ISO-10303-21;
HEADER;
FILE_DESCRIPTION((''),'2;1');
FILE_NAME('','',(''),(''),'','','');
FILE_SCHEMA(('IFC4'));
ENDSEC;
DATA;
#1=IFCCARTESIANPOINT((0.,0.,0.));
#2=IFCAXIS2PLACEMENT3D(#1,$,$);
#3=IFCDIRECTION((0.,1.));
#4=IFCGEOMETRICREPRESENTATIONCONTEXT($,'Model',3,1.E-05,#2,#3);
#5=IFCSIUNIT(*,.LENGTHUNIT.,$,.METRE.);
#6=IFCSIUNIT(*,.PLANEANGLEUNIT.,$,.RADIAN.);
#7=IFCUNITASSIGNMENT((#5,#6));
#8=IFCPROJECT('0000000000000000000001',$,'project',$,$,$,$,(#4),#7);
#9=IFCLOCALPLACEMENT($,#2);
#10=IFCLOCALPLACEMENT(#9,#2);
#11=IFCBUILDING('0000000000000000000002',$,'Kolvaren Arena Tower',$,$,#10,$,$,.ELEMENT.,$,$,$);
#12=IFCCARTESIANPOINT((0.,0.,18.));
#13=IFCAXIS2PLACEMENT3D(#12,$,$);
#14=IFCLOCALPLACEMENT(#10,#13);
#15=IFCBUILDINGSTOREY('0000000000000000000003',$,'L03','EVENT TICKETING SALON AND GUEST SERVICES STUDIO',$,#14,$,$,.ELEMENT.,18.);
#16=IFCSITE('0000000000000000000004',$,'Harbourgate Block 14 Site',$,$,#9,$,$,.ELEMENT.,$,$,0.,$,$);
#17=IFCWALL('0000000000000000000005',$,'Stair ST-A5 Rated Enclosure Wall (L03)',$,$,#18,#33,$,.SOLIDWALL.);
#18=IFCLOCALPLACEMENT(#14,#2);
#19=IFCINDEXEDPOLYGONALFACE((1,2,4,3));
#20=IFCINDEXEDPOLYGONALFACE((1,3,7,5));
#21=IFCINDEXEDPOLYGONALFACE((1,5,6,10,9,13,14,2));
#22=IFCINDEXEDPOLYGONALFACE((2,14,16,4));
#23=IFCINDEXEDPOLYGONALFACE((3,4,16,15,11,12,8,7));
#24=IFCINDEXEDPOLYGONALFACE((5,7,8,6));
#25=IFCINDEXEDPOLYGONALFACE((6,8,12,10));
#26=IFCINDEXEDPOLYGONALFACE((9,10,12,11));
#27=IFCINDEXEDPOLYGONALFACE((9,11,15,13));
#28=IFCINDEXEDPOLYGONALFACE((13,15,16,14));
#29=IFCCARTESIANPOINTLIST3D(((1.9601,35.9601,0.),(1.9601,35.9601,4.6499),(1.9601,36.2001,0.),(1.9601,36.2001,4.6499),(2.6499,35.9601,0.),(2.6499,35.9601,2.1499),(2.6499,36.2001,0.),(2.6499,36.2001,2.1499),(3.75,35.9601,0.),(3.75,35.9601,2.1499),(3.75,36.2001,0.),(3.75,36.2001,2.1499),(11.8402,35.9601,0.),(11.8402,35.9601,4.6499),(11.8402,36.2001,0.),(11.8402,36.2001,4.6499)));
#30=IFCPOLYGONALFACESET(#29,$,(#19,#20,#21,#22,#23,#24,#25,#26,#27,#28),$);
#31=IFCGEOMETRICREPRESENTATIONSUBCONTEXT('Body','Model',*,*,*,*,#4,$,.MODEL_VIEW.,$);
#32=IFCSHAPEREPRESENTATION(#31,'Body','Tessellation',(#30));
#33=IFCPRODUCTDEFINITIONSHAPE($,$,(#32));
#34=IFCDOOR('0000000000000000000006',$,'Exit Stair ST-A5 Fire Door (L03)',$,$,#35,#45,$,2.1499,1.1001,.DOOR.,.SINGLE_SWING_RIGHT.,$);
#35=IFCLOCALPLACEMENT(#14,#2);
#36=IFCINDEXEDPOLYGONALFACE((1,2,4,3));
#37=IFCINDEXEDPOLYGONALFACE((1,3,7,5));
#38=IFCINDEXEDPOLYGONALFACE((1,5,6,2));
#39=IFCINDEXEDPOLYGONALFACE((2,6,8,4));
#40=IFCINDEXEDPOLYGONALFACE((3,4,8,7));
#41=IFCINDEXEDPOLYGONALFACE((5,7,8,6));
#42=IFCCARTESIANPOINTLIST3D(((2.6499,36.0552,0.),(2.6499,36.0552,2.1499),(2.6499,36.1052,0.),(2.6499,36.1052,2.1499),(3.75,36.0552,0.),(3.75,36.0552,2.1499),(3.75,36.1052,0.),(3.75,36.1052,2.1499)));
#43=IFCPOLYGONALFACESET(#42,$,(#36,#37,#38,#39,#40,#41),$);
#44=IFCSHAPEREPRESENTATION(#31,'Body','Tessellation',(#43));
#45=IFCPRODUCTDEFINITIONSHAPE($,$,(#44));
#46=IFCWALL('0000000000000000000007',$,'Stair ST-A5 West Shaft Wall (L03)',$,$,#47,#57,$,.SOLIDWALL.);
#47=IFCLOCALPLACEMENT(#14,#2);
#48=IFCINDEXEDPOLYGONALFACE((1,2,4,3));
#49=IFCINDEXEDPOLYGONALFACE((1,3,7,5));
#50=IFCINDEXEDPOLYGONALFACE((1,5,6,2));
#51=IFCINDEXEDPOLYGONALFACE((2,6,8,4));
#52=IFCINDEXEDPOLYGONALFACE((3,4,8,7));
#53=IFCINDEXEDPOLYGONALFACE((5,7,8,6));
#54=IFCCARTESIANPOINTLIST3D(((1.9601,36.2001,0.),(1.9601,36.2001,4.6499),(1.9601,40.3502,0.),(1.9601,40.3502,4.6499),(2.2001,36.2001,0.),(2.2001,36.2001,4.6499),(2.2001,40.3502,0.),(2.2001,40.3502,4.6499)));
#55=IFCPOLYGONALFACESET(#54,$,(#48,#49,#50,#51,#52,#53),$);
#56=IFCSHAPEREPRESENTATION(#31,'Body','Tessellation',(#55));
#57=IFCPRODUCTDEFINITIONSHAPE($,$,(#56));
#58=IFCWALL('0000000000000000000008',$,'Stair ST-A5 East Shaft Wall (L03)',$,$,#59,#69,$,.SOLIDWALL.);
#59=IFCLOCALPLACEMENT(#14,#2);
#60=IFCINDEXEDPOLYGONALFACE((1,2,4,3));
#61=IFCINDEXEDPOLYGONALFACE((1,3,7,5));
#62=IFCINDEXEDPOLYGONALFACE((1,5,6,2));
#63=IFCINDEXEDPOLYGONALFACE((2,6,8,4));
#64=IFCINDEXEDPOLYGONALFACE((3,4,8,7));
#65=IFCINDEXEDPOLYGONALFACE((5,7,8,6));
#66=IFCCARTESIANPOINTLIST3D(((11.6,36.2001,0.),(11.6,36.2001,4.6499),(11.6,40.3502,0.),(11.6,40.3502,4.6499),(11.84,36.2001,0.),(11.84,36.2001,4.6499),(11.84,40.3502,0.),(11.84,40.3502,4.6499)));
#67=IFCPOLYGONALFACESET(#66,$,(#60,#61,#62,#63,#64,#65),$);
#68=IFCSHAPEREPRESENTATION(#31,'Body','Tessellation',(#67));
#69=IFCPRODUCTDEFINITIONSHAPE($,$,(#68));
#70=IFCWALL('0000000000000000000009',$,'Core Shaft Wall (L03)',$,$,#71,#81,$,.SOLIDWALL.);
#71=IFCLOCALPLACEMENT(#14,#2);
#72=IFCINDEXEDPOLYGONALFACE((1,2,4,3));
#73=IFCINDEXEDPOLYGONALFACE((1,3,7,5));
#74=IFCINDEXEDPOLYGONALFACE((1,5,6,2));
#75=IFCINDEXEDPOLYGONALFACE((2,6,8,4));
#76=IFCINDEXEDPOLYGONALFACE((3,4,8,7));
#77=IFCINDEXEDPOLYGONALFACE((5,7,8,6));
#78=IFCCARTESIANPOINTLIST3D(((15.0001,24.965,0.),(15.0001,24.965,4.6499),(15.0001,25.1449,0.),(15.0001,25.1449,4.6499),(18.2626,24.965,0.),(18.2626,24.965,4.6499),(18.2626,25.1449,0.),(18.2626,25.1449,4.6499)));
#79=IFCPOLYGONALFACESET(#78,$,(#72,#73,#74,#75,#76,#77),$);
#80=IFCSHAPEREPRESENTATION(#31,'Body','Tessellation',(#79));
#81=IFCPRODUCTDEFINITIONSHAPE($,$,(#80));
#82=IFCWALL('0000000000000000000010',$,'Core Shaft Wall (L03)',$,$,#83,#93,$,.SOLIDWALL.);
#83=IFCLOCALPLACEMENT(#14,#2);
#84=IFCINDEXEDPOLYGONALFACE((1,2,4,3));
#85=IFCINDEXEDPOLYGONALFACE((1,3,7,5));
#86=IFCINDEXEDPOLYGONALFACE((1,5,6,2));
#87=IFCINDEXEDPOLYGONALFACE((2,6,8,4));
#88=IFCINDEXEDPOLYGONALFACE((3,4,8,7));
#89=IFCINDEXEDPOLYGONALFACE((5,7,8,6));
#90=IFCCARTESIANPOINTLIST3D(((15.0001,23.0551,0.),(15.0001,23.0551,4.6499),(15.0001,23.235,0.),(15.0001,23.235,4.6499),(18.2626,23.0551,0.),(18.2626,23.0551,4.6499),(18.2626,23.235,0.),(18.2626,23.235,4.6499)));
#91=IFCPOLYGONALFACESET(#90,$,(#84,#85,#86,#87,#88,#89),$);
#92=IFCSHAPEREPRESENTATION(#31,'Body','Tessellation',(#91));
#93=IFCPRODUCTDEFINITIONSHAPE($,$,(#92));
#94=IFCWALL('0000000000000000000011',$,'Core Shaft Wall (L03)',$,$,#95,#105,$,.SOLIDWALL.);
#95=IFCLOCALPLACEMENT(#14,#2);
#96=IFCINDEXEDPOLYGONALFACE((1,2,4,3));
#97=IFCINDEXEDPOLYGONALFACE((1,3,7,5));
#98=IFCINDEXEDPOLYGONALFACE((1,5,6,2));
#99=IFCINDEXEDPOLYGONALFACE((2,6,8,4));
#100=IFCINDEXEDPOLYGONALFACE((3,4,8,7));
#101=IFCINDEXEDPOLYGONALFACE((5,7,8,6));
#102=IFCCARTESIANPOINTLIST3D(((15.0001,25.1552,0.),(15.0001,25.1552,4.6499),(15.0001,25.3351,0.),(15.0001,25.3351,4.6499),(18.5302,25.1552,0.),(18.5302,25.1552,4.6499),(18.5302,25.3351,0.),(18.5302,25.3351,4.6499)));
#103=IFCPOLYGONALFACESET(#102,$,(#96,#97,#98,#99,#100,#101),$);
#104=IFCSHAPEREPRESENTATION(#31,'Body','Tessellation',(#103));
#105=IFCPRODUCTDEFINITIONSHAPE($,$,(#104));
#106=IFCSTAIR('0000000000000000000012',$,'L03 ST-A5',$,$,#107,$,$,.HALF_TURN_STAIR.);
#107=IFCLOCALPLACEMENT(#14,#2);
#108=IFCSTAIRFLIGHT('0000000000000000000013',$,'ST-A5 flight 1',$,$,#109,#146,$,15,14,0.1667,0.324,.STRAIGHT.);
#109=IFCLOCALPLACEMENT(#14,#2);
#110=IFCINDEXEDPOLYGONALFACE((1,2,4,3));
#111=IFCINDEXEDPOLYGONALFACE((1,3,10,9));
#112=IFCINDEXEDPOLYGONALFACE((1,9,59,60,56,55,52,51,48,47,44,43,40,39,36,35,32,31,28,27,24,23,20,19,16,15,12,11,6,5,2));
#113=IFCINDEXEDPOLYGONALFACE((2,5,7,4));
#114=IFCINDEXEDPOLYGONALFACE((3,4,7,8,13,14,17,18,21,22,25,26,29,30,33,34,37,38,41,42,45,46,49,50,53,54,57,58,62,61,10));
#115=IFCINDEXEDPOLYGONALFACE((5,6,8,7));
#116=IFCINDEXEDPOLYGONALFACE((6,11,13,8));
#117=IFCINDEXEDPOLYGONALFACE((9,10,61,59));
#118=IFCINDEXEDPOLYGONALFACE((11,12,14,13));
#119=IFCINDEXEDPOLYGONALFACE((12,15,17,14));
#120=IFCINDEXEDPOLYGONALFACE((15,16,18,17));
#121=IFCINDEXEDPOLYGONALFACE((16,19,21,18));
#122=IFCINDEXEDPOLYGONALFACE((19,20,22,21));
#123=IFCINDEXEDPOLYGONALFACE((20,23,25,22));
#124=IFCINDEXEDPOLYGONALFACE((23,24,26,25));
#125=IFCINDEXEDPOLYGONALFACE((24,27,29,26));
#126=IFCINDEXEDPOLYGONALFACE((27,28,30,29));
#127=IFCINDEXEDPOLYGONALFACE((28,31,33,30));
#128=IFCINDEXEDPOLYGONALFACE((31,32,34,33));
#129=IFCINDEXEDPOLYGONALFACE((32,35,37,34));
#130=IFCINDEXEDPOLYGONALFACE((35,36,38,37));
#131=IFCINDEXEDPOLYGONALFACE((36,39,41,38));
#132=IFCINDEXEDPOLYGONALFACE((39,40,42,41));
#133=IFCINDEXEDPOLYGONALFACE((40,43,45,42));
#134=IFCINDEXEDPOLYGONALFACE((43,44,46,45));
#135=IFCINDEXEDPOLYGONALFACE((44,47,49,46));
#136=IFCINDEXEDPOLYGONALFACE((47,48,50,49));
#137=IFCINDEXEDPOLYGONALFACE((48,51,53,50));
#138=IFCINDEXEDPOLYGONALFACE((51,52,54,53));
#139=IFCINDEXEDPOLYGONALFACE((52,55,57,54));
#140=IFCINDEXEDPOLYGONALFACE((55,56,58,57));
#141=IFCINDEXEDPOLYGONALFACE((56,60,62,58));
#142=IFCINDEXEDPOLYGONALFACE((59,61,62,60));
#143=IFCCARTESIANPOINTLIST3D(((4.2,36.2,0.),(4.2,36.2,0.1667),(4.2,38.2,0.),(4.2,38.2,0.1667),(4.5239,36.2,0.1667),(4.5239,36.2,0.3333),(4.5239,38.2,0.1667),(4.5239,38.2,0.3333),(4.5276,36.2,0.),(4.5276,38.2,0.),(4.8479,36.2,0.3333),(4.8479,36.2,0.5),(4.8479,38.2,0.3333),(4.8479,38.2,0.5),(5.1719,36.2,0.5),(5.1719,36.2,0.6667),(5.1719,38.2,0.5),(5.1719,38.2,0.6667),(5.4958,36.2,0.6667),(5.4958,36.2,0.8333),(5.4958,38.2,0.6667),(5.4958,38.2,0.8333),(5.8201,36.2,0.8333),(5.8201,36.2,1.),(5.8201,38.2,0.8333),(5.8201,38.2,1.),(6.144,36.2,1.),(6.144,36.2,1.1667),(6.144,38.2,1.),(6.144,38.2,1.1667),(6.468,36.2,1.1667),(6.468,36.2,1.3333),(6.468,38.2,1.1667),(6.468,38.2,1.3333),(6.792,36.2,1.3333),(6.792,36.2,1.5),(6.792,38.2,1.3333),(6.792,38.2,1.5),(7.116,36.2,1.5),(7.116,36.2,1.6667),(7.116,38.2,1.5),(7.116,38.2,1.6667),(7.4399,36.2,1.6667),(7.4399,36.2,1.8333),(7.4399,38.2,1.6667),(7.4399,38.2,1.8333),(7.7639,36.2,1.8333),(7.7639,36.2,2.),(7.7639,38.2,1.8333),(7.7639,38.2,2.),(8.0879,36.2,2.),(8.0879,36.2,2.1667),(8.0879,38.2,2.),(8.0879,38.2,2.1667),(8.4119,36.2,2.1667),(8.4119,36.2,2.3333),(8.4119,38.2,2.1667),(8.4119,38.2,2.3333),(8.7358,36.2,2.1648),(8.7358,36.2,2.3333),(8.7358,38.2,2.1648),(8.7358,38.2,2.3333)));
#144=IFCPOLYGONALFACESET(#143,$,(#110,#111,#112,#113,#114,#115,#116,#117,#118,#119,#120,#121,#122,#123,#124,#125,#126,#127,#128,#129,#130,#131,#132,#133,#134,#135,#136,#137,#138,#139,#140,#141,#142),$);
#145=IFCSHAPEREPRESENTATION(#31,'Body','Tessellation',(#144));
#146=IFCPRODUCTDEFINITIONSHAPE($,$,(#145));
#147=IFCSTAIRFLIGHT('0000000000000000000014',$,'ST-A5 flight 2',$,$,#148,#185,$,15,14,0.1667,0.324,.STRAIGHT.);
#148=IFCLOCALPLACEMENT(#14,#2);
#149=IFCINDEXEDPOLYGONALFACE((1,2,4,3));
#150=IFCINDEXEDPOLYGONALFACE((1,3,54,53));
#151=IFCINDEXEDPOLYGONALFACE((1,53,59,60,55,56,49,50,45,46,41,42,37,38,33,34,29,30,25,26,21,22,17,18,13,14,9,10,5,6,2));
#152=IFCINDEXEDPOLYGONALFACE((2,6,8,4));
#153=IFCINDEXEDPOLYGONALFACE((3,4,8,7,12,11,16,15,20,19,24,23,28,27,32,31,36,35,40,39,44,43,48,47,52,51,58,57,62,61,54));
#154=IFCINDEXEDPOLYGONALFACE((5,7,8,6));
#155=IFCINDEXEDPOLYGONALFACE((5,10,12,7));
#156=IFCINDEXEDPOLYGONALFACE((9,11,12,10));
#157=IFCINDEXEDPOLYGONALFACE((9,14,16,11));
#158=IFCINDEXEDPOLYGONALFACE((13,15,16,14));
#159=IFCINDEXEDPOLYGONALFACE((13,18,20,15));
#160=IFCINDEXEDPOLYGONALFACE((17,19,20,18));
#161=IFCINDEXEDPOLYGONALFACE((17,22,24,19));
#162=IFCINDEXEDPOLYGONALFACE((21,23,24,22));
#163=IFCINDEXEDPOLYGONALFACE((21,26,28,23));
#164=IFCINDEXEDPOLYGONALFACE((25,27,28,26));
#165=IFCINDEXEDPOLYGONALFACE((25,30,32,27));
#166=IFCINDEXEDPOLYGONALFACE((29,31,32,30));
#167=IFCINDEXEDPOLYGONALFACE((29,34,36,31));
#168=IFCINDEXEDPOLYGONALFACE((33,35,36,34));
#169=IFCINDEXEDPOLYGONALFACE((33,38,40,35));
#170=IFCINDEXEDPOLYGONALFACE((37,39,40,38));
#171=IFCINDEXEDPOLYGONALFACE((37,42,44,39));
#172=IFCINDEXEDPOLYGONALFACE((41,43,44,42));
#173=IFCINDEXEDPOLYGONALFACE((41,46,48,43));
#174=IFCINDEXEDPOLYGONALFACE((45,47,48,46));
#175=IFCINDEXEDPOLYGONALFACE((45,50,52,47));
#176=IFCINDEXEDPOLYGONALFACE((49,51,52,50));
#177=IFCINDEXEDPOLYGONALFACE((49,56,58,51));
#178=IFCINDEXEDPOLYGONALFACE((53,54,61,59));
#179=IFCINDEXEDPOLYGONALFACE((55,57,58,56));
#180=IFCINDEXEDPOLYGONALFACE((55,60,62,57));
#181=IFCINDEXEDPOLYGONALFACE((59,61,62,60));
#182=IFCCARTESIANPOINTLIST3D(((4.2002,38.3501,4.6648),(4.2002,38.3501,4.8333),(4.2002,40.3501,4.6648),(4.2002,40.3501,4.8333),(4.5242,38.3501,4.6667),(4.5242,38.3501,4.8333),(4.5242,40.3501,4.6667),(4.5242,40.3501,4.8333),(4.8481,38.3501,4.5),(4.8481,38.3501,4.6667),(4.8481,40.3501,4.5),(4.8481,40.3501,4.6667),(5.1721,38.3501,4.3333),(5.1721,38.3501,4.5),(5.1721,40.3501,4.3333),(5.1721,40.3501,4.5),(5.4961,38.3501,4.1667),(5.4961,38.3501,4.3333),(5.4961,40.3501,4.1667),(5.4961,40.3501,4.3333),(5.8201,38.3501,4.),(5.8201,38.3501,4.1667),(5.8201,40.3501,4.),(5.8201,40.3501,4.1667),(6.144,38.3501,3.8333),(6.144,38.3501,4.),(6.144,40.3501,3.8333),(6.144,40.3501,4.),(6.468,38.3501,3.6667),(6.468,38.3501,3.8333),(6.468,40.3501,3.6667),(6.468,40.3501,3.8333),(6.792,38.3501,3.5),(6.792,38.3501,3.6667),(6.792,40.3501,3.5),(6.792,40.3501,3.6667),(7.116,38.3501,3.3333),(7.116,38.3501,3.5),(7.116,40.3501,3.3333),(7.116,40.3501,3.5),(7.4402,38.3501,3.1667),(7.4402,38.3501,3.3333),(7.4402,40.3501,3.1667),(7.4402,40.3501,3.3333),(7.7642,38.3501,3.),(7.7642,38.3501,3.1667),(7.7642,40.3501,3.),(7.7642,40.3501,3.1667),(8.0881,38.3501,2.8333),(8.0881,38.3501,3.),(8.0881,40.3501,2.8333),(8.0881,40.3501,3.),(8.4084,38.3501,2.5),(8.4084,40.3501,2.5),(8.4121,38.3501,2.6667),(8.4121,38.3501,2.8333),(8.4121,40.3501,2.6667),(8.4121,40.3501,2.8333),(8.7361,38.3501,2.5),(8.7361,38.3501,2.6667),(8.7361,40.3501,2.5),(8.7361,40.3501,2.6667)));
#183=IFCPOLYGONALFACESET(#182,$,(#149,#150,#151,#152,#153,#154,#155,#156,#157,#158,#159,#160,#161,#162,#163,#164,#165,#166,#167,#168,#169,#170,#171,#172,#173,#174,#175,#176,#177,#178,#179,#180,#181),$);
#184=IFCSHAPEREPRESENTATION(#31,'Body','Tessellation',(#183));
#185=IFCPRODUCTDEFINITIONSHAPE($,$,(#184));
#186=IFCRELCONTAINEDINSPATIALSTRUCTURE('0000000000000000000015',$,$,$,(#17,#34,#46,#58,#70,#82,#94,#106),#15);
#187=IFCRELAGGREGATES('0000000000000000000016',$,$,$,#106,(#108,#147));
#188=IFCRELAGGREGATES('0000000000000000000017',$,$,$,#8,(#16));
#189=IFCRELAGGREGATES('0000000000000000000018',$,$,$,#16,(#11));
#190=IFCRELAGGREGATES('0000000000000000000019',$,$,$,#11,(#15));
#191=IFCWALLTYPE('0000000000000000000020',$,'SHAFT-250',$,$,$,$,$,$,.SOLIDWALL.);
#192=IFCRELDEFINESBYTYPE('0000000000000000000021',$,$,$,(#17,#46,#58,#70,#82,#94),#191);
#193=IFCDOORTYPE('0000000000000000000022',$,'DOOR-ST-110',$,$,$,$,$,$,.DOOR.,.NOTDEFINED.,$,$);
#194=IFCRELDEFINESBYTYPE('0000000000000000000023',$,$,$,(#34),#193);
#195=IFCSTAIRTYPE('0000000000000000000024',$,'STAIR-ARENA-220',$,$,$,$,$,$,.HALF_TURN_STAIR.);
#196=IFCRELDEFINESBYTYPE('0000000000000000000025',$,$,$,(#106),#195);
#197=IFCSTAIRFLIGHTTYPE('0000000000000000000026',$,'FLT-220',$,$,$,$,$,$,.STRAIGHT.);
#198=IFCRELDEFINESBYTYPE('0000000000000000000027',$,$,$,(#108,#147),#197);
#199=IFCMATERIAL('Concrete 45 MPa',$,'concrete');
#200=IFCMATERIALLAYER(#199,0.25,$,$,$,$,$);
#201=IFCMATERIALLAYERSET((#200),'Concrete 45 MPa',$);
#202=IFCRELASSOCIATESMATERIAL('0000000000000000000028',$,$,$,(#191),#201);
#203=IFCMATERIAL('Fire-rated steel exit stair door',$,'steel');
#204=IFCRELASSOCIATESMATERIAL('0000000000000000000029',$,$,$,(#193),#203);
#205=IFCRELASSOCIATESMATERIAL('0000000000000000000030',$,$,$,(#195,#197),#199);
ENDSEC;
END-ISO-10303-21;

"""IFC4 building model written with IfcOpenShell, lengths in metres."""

from ifc_helpers import new_model, si_unit, direction, frame, frame_2d, origin, place, context, subcontext, project, spatial, polyline, rectangle, outline, extrude, material, layer, layer_set, type_object, element, fill, aggregate, save


model = new_model("IFC4")

# Units and contexts
model_context = context("Model", 3, precision=1e-05, world=origin(), true_north=direction((0.0, 1.0)))
body_context = subcontext(model_context, "Body", "Model", "MODEL_VIEW")
ifc_project = project(units=[si_unit("LENGTHUNIT", "METRE"), si_unit("PLANEANGLEUNIT", "RADIAN")], contexts=[model_context])

# Site, building, storey
site_placement = place(None, origin())
site = spatial("IfcSite", under=ifc_project, at=site_placement, Name="Harbourgate Block 14 Site", CompositionType="ELEMENT", RefElevation=0.0)
building_placement = place(site_placement, origin())
building = spatial("IfcBuilding", under=site, at=building_placement, Name="Kolvaren Arena Tower", CompositionType="ELEMENT")
storey_placement = place(building_placement, frame((0.0, 0.0, 18.0)))
storey = spatial("IfcBuildingStorey", under=building, at=storey_placement, Name="L03", Description="EVENT TICKETING SALON AND GUEST SERVICES STUDIO", CompositionType="ELEMENT", Elevation=18.0)

# Wall, opening, door
ifc_material_1 = material(Name="Concrete 45 MPa", Category="concrete")
ifc_layer_1 = layer(ifc_material_1, 0.25)
ifc_layer_set_1 = layer_set([ifc_layer_1], Name="Concrete 45 MPa")
wall_type_1 = type_object("IfcWallType", Name="SHAFT-250", PredefinedType="SOLIDWALL", material=ifc_layer_set_1)
wall_1_placement = place(storey_placement, frame((11.8401, 36.0801, 0.0), z_axis=(0.0, 0.0, 1.0), x_axis=(-1.0, 0.0, 0.0)))
wall_1 = element("IfcWall", 1, at=wall_1_placement, inside=storey, type_object=wall_type_1, Name="Stair ST-A5 Rated Enclosure Wall (L03)", PredefinedType="SOLIDWALL", context=body_context, shape_type="SweptSolid", body=[
    extrude(rectangle(XDim=9.8801, YDim=0.24, at=frame_2d((4.9399, 0.0))), origin(), (0.0, 0.0, 1.0), 4.6499),
])
opening_placement = place(wall_1_placement, frame((8.0901, 0.0, 0.0)))
opening = element("IfcOpeningElement", 2, at=opening_placement, cuts=wall_1, PredefinedType="OPENING", context=body_context, shape_type="SweptSolid", body=[
    extrude(rectangle(XDim=1.1001, YDim=2.1499, at=frame_2d((0.55, 1.075))), frame((0.0, 0.1299, 0.0), z_axis=(0.0, -1.0, 0.0), x_axis=(1.0, 0.0, 0.0)), (0.0, 0.0, 1.0), 0.26),
])
ifc_material_2 = material(Name="Fire-rated steel exit stair door", Category="steel")
door_type = type_object("IfcDoorType", Name="DOOR-ST-110", OperationType="NOTDEFINED", PredefinedType="DOOR", material=ifc_material_2)
door_placement = place(opening_placement, origin())
door = element("IfcDoor", 3, at=door_placement, inside=storey, type_object=door_type, Name="Exit Stair ST-A5 Fire Door (L03)", OperationType="SINGLE_SWING_RIGHT", OverallHeight=2.1499, OverallWidth=1.1001, PredefinedType="DOOR", context=body_context, shape_type="SweptSolid", body=[
    extrude(rectangle(XDim=1.1001, YDim=2.1499, at=frame_2d((0.55, 1.075))), frame((0.0, 0.0249, 0.0), z_axis=(0.0, -1.0, 0.0), x_axis=(1.0, 0.0, 0.0)), (0.0, 0.0, 1.0), 0.05),
])
fill(opening, door)

# Walls
for number, where, z_axis, x_axis, name in (
    (4, (2.0801, 36.2, 0.0), (0.0, 0.0, 1.0), (0.0, 1.0, 0.0), "Stair ST-A5 West Shaft Wall (L03)"),
    (5, (11.72, 36.2, 0.0), (0.0, 0.0, 1.0), (0.0, 1.0, 0.0), "Stair ST-A5 East Shaft Wall (L03)"),
):
    element("IfcWall", number, at=place(storey_placement, frame(where, z_axis=z_axis, x_axis=x_axis)), inside=storey, type_object=wall_type_1, Name=name, PredefinedType="SOLIDWALL", context=body_context, shape_type="SweptSolid", body=[
        extrude(rectangle(XDim=4.1501, YDim=0.24, at=frame_2d((2.0752, 0.0))), origin(), (0.0, 0.0, 1.0), 4.6499),
    ])
for number, where, z_axis, x_axis, name in (
    (6, (15.0, 25.0549, 0.0), (0.0, 0.0, 1.0), (1.0, 0.0, 0.0), "Core Shaft Wall (L03)"),
    (7, (15.0, 23.145, 0.0), (0.0, 0.0, 1.0), (1.0, 0.0, 0.0), "Core Shaft Wall (L03)"),
):
    element("IfcWall", number, at=place(storey_placement, frame(where, z_axis=z_axis, x_axis=x_axis)), inside=storey, type_object=wall_type_1, Name=name, PredefinedType="SOLIDWALL", context=body_context, shape_type="SweptSolid", body=[
        extrude(rectangle(XDim=3.2625, YDim=0.1799, at=frame_2d((1.6313, 0.0))), origin(), (0.0, 0.0, 1.0), 4.6499),
    ])
wall_2_placement = place(storey_placement, frame((15.0, 25.2451, 0.0), z_axis=(0.0, 0.0, 1.0), x_axis=(1.0, 0.0, 0.0)))
element("IfcWall", 8, at=wall_2_placement, inside=storey, type_object=wall_type_1, Name="Core Shaft Wall (L03)", PredefinedType="SOLIDWALL", context=body_context, shape_type="SweptSolid", body=[
    extrude(rectangle(XDim=3.53, YDim=0.1799, at=frame_2d((1.7651, 0.0))), origin(), (0.0, 0.0, 1.0), 4.6499),
])

# Stair, stair flights
stair_type = type_object("IfcStairType", Name="STAIR-ARENA-220", PredefinedType="HALF_TURN_STAIR", material=ifc_material_1)
stair_placement = place(storey_placement, origin())
stair = element("IfcStair", 9, at=stair_placement, inside=storey, type_object=stair_type, Name="L03 ST-A5", PredefinedType="HALF_TURN_STAIR")
stair_flight_type = type_object("IfcStairFlightType", Name="FLT-220", PredefinedType="STRAIGHT", material=ifc_material_1)
stair_flight_1_placement = place(storey_placement, frame((4.2, 37.2, 0.0), z_axis=(0.0, 0.0, 1.0), x_axis=(1.0, 0.0, 0.0)))
stair_flight_1 = element("IfcStairFlight", 10, at=stair_flight_1_placement, type_object=stair_flight_type, Name="ST-A5 flight 1", NumberOfRisers=15, NumberOfTreads=14, PredefinedType="STRAIGHT", RiserHeight=0.1667, TreadLength=0.324, context=body_context, shape_type="SweptSolid", body=[
    extrude(outline(polyline([(0.0, 0.0), (0.0, 0.1667), (0.324, 0.1667), (0.324, 0.3333), (0.6479, 0.3333), (0.6479, 0.5), (0.9719, 0.5), (0.9719, 0.6667), (1.2959, 0.6667), (1.2959, 0.8333), (1.6201, 0.8333), (1.6201, 1.0), (1.9441, 1.0), (1.9441, 1.1667), (2.2681, 1.1667), (2.2681, 1.3333), (2.592, 1.3333), (2.592, 1.5), (2.916, 1.5), (2.916, 1.6667), (3.24, 1.6667), (3.24, 1.8333), (3.564, 1.8333), (3.564, 2.0), (3.8879, 2.0), (3.8879, 2.1667), (4.2119, 2.1667), (4.2119, 2.3333), (4.5359, 2.3333), (4.5359, 2.5), (4.5359, 2.1648), (0.3276, 0.0), (0.0, 0.0)])), frame((0.0, 1.0, 0.0), z_axis=(0.0, -1.0, 0.0), x_axis=(1.0, 0.0, 0.0)), (0.0, 0.0, 1.0), 2.0),
])
stair_flight_2_placement = place(storey_placement, frame((8.7361, 39.3501, 2.5), z_axis=(0.0, 0.0, 1.0), x_axis=(-1.0, 0.0, 0.0)))
stair_flight_2 = element("IfcStairFlight", 11, at=stair_flight_2_placement, type_object=stair_flight_type, Name="ST-A5 flight 2", NumberOfRisers=15, NumberOfTreads=14, PredefinedType="STRAIGHT", RiserHeight=0.1667, TreadLength=0.324, context=body_context, shape_type="SweptSolid", body=[
    extrude(outline(polyline([(0.0, 0.0), (0.0, 0.1667), (0.324, 0.1667), (0.324, 0.3333), (0.6479, 0.3333), (0.6479, 0.5), (0.9719, 0.5), (0.9719, 0.6667), (1.2959, 0.6667), (1.2959, 0.8333), (1.6201, 0.8333), (1.6201, 1.0), (1.9441, 1.0), (1.9441, 1.1667), (2.2681, 1.1667), (2.2681, 1.3333), (2.592, 1.3333), (2.592, 1.5), (2.916, 1.5), (2.916, 1.6667), (3.24, 1.6667), (3.24, 1.8333), (3.564, 1.8333), (3.564, 2.0), (3.8879, 2.0), (3.8879, 2.1667), (4.2119, 2.1667), (4.2119, 2.3333), (4.5359, 2.3333), (4.5359, 2.5), (4.5359, 2.1648), (0.3276, 0.0), (0.0, 0.0)])), frame((0.0, 1.0, 0.0), z_axis=(0.0, -1.0, 0.0), x_axis=(1.0, 0.0, 0.0)), (0.0, 0.0, 1.0), 2.0),
])
aggregate(stair, [stair_flight_1, stair_flight_2])

save(model, "model.ifc")
